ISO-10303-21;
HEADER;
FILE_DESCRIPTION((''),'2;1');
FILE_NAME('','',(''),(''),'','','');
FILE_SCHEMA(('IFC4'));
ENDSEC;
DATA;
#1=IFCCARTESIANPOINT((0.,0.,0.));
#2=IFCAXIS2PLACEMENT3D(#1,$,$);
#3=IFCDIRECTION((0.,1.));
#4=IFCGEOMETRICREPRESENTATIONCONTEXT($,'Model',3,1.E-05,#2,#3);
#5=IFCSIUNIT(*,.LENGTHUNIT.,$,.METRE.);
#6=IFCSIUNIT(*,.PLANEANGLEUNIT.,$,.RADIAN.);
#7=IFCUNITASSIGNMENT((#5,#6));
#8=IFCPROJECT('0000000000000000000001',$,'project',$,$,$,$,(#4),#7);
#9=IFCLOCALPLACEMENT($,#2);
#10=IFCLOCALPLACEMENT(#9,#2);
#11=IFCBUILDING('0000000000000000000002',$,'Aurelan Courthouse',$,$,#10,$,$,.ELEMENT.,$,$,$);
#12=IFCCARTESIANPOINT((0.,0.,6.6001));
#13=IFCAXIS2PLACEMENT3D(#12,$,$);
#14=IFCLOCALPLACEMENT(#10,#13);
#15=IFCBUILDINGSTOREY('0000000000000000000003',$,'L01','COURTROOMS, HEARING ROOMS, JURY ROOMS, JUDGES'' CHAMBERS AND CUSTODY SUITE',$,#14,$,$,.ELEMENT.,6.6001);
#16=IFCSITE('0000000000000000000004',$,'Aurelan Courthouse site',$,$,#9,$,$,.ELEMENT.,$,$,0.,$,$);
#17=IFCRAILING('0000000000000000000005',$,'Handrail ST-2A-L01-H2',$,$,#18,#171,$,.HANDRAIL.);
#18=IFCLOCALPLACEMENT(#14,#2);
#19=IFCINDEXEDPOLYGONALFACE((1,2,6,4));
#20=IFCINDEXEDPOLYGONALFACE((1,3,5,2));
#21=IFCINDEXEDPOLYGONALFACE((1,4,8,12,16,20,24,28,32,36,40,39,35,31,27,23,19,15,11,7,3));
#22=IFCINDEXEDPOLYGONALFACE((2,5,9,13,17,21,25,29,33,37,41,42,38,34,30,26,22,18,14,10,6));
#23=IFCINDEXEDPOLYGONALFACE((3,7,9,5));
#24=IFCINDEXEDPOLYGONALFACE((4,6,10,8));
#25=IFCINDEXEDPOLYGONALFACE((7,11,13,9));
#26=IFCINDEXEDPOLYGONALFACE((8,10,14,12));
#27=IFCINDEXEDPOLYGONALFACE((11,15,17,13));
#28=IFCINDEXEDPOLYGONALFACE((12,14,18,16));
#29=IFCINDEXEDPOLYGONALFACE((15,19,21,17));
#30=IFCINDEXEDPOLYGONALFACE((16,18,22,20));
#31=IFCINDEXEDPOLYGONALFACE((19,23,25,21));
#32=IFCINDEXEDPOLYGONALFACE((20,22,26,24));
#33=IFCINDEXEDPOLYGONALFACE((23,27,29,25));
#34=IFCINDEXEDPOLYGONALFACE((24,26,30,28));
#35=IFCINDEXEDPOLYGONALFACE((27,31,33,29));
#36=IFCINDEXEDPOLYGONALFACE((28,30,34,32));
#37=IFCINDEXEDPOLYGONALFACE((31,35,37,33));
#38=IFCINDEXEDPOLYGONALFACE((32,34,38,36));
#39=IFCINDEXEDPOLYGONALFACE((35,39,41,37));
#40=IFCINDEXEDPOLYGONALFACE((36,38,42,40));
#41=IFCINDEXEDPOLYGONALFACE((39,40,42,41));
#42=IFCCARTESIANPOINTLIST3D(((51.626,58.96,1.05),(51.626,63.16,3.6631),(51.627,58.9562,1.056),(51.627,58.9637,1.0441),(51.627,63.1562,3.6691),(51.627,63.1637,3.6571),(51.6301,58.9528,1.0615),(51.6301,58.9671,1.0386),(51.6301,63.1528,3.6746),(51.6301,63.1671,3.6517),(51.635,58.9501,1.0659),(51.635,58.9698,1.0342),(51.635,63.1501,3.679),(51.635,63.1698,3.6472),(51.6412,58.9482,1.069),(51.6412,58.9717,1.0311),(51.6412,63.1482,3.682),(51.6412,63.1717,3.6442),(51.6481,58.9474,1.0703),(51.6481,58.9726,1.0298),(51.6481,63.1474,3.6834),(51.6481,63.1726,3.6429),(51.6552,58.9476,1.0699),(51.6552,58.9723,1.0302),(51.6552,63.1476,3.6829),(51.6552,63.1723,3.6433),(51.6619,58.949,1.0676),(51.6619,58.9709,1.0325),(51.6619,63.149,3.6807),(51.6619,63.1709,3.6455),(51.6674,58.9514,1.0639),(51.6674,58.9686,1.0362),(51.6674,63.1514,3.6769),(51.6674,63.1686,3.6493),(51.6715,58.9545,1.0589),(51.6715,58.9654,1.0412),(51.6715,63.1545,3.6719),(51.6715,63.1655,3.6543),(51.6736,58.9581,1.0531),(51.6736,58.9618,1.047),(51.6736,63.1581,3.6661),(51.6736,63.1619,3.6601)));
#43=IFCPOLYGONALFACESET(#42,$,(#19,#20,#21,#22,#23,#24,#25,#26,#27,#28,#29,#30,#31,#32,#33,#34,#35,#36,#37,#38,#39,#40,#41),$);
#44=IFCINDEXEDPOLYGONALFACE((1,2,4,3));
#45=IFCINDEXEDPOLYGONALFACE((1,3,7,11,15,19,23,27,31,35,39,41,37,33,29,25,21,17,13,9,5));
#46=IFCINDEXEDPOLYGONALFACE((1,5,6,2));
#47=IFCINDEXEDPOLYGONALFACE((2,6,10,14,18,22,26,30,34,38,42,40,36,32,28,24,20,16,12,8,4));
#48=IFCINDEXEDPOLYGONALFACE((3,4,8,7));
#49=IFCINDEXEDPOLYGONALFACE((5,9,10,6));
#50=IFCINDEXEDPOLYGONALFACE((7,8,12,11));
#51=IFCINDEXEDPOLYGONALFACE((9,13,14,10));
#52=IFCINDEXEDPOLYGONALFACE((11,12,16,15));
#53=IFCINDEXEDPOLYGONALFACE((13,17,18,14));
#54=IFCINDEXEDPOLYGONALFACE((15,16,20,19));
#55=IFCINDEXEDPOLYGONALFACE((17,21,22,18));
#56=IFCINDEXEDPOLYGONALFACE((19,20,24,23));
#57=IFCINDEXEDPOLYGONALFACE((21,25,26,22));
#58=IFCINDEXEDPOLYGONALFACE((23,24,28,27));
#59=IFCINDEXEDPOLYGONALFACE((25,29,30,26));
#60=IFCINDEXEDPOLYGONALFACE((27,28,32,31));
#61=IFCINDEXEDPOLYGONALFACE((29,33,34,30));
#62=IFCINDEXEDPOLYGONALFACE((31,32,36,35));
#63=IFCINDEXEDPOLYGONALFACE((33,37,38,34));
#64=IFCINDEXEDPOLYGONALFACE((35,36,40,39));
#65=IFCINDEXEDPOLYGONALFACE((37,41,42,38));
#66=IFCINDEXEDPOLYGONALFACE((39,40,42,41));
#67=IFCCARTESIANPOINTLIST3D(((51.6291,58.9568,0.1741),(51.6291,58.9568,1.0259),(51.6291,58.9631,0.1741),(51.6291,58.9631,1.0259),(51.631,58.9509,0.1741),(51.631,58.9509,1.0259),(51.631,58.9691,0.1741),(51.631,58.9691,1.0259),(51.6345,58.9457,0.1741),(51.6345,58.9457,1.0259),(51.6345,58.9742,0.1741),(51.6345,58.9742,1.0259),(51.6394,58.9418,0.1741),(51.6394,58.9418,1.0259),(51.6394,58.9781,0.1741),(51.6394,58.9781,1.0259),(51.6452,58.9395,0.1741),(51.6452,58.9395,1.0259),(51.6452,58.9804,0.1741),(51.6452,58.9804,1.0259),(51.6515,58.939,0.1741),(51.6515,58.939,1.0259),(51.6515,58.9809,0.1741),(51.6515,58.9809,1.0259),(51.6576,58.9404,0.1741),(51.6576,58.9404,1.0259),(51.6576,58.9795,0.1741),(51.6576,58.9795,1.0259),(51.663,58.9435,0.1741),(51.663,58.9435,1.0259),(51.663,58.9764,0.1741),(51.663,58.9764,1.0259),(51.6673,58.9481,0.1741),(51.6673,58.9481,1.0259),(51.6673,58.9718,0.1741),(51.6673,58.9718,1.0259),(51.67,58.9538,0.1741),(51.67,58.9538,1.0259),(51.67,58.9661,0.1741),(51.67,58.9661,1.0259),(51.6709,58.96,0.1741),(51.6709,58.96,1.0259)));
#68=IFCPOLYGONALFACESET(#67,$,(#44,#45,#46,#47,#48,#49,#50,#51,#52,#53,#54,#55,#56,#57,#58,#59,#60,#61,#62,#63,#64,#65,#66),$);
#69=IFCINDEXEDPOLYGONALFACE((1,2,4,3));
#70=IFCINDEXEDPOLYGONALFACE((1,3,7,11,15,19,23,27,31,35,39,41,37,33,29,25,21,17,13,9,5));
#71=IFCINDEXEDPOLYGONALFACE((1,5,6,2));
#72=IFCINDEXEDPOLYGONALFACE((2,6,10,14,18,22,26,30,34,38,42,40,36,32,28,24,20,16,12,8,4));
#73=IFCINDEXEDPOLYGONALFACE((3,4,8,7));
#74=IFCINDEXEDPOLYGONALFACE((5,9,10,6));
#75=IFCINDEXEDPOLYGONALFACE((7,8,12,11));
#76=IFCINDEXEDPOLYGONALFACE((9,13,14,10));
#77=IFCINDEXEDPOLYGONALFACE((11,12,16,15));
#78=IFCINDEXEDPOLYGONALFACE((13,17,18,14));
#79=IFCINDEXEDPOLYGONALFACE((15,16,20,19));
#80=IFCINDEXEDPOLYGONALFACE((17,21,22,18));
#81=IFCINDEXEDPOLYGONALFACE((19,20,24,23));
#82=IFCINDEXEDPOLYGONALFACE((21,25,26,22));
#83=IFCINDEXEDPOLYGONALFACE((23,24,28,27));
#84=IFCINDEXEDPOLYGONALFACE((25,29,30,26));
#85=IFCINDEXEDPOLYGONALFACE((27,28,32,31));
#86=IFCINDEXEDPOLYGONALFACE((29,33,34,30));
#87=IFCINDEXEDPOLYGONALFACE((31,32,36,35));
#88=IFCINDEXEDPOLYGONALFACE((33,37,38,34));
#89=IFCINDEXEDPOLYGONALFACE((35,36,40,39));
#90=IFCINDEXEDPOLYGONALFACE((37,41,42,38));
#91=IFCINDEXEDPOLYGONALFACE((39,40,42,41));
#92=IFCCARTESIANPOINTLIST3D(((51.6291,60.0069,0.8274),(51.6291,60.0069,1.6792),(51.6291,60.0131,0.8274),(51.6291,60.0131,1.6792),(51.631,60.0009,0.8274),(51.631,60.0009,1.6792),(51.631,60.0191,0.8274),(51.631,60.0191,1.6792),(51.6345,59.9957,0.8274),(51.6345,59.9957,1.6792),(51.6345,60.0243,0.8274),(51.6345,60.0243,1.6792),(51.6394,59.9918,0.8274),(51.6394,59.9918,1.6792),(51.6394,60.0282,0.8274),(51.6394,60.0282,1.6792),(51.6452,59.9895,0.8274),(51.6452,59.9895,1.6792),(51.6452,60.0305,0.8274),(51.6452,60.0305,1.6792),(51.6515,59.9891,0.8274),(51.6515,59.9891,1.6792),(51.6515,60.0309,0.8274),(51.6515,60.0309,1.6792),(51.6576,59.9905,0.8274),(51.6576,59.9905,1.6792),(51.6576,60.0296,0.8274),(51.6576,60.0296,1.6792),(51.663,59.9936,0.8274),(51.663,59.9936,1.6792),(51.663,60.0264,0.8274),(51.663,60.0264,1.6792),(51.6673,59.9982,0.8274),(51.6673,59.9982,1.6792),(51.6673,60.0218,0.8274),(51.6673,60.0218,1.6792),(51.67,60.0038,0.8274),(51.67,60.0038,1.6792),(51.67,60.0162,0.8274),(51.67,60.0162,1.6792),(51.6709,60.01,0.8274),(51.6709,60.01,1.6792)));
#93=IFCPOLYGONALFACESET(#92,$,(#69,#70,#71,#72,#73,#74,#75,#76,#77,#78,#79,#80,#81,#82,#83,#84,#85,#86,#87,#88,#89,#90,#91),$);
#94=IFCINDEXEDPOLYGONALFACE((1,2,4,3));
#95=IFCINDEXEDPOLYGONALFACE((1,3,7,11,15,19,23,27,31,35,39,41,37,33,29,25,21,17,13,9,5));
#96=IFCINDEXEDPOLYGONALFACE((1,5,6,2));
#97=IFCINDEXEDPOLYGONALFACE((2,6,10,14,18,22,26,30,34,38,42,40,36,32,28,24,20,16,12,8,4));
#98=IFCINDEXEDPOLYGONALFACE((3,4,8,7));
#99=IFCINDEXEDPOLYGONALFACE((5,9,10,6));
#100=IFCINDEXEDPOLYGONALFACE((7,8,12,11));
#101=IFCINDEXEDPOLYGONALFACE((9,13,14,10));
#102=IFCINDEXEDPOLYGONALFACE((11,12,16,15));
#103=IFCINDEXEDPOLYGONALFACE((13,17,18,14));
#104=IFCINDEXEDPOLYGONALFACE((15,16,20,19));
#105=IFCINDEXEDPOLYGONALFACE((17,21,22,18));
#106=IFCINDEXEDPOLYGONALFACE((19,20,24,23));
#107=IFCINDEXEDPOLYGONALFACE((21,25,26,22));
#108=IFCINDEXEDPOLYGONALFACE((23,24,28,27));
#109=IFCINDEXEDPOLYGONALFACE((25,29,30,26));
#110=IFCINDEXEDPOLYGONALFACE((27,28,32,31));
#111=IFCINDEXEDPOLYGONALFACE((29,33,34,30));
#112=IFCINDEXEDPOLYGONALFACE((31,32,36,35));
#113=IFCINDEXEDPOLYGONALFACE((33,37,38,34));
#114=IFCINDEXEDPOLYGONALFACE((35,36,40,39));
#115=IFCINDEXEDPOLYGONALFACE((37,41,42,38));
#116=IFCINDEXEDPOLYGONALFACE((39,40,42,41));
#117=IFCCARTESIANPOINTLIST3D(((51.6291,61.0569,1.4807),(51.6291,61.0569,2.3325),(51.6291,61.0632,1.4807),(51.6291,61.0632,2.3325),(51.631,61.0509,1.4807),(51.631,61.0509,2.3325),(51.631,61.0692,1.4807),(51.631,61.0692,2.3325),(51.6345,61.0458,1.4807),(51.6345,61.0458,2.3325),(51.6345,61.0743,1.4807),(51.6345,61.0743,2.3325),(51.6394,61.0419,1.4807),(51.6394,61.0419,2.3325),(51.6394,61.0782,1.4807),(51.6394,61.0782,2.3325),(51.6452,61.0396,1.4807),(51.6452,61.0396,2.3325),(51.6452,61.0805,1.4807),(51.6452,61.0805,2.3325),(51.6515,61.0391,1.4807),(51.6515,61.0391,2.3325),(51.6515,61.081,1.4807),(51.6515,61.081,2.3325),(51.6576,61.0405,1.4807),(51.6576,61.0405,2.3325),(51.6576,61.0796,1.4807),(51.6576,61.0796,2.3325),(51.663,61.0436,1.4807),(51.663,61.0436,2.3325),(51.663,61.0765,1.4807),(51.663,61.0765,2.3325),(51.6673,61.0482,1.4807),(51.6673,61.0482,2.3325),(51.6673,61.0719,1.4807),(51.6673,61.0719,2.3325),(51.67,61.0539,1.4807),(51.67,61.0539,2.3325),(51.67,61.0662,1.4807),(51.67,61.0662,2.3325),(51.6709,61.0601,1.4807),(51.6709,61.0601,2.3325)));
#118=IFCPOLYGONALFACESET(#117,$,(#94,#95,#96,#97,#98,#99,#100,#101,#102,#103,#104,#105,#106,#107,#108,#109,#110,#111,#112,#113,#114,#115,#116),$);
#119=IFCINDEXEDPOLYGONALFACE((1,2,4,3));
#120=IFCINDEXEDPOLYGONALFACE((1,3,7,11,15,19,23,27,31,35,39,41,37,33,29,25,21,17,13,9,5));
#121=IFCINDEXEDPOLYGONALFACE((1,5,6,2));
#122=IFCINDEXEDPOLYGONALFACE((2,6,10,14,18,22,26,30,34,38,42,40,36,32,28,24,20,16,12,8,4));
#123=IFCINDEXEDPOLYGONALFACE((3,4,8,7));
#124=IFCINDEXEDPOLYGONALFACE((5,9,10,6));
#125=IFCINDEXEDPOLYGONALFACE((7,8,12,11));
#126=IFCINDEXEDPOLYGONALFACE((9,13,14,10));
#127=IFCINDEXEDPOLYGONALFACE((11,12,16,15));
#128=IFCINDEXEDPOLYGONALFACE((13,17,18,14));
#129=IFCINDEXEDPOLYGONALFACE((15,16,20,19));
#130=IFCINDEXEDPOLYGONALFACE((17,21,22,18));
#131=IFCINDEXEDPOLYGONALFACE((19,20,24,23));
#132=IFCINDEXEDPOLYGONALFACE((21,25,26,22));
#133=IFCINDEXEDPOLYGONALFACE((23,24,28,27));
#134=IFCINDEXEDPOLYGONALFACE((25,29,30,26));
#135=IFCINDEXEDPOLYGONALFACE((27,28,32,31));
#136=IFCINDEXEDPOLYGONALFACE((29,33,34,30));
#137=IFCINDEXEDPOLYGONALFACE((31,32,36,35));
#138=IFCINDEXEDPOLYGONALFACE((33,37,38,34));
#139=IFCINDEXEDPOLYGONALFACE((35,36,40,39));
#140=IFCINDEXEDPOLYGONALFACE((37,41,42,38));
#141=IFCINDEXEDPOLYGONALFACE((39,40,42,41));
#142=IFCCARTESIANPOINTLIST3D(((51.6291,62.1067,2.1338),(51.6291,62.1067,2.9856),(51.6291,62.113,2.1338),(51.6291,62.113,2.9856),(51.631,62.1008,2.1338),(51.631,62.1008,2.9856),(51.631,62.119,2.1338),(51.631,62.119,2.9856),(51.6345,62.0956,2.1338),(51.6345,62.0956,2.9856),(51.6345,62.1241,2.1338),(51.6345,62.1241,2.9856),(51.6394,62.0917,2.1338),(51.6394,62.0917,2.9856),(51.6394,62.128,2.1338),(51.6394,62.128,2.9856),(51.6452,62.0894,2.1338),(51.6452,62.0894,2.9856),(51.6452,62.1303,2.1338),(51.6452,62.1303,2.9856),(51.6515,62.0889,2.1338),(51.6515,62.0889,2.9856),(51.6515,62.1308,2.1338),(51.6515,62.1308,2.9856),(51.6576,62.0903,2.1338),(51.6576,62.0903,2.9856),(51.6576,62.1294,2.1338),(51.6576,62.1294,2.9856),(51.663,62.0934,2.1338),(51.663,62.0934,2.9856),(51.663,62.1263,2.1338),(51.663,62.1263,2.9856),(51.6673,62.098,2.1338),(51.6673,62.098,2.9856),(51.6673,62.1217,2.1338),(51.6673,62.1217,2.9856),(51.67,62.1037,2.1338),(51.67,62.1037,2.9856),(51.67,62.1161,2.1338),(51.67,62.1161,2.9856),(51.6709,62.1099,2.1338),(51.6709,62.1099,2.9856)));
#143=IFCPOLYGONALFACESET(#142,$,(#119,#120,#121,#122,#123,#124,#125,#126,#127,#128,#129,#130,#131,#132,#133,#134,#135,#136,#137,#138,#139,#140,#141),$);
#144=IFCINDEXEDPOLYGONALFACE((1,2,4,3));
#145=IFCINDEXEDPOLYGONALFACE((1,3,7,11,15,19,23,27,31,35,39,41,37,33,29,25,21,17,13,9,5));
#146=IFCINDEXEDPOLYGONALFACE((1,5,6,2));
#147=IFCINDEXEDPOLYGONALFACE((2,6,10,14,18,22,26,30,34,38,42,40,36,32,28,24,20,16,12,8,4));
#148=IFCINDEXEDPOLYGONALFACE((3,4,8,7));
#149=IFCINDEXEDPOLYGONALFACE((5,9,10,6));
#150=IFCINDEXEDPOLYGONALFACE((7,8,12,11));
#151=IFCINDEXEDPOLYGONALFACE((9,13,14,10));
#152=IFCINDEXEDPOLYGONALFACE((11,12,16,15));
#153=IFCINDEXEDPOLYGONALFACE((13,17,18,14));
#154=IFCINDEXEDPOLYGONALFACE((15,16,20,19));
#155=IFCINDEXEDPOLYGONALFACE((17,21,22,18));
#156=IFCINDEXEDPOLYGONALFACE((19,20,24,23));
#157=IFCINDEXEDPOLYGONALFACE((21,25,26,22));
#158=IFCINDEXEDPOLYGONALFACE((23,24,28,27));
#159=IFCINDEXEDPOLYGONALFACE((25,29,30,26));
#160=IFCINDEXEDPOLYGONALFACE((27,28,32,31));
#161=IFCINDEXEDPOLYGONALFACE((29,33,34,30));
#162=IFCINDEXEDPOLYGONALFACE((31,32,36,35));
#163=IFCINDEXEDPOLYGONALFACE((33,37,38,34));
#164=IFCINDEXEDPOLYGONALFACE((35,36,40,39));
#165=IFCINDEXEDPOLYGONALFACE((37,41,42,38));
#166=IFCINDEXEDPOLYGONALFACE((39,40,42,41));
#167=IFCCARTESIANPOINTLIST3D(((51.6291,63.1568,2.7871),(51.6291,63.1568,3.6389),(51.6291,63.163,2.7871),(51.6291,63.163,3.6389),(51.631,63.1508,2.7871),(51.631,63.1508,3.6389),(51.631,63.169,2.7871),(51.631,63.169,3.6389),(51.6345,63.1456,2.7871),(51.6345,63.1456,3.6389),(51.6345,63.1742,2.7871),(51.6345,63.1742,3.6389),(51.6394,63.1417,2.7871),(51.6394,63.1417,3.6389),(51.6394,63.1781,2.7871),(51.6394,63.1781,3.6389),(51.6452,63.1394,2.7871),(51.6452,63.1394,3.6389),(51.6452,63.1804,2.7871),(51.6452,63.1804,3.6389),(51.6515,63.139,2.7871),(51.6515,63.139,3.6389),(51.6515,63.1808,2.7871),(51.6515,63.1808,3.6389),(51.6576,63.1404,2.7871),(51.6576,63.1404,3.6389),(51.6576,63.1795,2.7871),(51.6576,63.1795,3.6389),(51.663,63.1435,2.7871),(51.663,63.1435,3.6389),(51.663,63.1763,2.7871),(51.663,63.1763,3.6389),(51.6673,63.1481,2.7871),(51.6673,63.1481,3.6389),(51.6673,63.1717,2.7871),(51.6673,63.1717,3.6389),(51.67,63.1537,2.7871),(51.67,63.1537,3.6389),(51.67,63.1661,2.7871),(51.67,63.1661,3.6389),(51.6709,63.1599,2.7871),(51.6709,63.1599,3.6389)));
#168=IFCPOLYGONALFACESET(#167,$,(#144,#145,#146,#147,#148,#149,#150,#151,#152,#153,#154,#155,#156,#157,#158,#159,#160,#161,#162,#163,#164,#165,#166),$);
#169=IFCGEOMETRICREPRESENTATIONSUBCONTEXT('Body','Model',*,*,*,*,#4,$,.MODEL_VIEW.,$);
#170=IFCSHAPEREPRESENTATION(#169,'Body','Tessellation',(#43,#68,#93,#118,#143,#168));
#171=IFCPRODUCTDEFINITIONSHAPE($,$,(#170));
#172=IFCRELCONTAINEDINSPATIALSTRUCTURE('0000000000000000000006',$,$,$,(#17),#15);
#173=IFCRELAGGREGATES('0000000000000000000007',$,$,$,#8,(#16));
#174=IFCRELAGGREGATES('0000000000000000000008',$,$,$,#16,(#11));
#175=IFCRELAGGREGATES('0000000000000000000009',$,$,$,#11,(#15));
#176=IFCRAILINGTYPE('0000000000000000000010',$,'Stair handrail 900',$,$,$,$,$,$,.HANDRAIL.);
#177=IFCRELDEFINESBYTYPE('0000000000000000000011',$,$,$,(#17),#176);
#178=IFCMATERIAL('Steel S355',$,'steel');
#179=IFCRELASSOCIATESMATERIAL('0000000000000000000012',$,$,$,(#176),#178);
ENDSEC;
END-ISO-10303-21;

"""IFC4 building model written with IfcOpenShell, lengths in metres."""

from ifc_helpers import new_model, si_unit, direction, frame, origin, origin_2d, place, context, subcontext, project, spatial, circle, extrude, material, type_object, element, save


model = new_model("IFC4")

# Units and contexts
model_context = context("Model", 3, precision=1e-05, world=origin(), true_north=direction((0.0, 1.0)))
body_context = subcontext(model_context, "Body", "Model", "MODEL_VIEW")
ifc_project = project(units=[si_unit("LENGTHUNIT", "METRE"), si_unit("PLANEANGLEUNIT", "RADIAN")], contexts=[model_context])

# Site, building, storey
site_placement = place(None, origin())
site = spatial("IfcSite", under=ifc_project, at=site_placement, Name="Aurelan Courthouse site", CompositionType="ELEMENT", RefElevation=0.0)
building_placement = place(site_placement, origin())
building = spatial("IfcBuilding", under=site, at=building_placement, Name="Aurelan Courthouse", CompositionType="ELEMENT")
storey_placement = place(building_placement, frame((0.0, 0.0, 6.6001)))
storey = spatial("IfcBuildingStorey", under=building, at=storey_placement, Name="L01", Description="COURTROOMS, HEARING ROOMS, JURY ROOMS, JUDGES' CHAMBERS AND CUSTODY SUITE", CompositionType="ELEMENT", Elevation=6.6001)

# Railing
ifc_material_1 = material(Name="Steel S355", Category="steel")
railing_type_1 = type_object("IfcRailingType", Name="Stair handrail 900", PredefinedType="HANDRAIL", material=ifc_material_1)
for number, where, name in (
    (1, (51.6499, 58.96, 0.1741), "Handrail ST-2A-L01-H2"),
):
    element("IfcRailing", number, at=place(storey_placement, frame(where)), inside=storey, type_object=railing_type_1, Name=name, PredefinedType="HANDRAIL", context=body_context, shape_type="SweptSolid", body=[
        extrude(circle(Radius=0.0239, at=origin_2d()), frame((0.0, 0.0, 0.876), z_axis=(0.0, 0.849081, 0.528263), x_axis=(-1.0, 0.0, 0.0)), (0.0, 0.0, 1.0), 4.9465),
        extrude(circle(Radius=0.021, at=origin_2d()), origin(), (0.0, 0.0, 1.0), 0.8518),
        extrude(circle(Radius=0.021, at=origin_2d()), frame((0.0, 1.05, 0.6533)), (0.0, 0.0, 1.0), 0.8518),
        extrude(circle(Radius=0.021, at=origin_2d()), frame((0.0, 2.1001, 1.3066)), (0.0, 0.0, 1.0), 0.8518),
        extrude(circle(Radius=0.021, at=origin_2d()), frame((0.0, 3.1499, 1.9597)), (0.0, 0.0, 1.0), 0.8518),
        extrude(circle(Radius=0.021, at=origin_2d()), frame((0.0, 4.2, 2.613)), (0.0, 0.0, 1.0), 0.8518),
    ])

save(model, "model.ifc")
